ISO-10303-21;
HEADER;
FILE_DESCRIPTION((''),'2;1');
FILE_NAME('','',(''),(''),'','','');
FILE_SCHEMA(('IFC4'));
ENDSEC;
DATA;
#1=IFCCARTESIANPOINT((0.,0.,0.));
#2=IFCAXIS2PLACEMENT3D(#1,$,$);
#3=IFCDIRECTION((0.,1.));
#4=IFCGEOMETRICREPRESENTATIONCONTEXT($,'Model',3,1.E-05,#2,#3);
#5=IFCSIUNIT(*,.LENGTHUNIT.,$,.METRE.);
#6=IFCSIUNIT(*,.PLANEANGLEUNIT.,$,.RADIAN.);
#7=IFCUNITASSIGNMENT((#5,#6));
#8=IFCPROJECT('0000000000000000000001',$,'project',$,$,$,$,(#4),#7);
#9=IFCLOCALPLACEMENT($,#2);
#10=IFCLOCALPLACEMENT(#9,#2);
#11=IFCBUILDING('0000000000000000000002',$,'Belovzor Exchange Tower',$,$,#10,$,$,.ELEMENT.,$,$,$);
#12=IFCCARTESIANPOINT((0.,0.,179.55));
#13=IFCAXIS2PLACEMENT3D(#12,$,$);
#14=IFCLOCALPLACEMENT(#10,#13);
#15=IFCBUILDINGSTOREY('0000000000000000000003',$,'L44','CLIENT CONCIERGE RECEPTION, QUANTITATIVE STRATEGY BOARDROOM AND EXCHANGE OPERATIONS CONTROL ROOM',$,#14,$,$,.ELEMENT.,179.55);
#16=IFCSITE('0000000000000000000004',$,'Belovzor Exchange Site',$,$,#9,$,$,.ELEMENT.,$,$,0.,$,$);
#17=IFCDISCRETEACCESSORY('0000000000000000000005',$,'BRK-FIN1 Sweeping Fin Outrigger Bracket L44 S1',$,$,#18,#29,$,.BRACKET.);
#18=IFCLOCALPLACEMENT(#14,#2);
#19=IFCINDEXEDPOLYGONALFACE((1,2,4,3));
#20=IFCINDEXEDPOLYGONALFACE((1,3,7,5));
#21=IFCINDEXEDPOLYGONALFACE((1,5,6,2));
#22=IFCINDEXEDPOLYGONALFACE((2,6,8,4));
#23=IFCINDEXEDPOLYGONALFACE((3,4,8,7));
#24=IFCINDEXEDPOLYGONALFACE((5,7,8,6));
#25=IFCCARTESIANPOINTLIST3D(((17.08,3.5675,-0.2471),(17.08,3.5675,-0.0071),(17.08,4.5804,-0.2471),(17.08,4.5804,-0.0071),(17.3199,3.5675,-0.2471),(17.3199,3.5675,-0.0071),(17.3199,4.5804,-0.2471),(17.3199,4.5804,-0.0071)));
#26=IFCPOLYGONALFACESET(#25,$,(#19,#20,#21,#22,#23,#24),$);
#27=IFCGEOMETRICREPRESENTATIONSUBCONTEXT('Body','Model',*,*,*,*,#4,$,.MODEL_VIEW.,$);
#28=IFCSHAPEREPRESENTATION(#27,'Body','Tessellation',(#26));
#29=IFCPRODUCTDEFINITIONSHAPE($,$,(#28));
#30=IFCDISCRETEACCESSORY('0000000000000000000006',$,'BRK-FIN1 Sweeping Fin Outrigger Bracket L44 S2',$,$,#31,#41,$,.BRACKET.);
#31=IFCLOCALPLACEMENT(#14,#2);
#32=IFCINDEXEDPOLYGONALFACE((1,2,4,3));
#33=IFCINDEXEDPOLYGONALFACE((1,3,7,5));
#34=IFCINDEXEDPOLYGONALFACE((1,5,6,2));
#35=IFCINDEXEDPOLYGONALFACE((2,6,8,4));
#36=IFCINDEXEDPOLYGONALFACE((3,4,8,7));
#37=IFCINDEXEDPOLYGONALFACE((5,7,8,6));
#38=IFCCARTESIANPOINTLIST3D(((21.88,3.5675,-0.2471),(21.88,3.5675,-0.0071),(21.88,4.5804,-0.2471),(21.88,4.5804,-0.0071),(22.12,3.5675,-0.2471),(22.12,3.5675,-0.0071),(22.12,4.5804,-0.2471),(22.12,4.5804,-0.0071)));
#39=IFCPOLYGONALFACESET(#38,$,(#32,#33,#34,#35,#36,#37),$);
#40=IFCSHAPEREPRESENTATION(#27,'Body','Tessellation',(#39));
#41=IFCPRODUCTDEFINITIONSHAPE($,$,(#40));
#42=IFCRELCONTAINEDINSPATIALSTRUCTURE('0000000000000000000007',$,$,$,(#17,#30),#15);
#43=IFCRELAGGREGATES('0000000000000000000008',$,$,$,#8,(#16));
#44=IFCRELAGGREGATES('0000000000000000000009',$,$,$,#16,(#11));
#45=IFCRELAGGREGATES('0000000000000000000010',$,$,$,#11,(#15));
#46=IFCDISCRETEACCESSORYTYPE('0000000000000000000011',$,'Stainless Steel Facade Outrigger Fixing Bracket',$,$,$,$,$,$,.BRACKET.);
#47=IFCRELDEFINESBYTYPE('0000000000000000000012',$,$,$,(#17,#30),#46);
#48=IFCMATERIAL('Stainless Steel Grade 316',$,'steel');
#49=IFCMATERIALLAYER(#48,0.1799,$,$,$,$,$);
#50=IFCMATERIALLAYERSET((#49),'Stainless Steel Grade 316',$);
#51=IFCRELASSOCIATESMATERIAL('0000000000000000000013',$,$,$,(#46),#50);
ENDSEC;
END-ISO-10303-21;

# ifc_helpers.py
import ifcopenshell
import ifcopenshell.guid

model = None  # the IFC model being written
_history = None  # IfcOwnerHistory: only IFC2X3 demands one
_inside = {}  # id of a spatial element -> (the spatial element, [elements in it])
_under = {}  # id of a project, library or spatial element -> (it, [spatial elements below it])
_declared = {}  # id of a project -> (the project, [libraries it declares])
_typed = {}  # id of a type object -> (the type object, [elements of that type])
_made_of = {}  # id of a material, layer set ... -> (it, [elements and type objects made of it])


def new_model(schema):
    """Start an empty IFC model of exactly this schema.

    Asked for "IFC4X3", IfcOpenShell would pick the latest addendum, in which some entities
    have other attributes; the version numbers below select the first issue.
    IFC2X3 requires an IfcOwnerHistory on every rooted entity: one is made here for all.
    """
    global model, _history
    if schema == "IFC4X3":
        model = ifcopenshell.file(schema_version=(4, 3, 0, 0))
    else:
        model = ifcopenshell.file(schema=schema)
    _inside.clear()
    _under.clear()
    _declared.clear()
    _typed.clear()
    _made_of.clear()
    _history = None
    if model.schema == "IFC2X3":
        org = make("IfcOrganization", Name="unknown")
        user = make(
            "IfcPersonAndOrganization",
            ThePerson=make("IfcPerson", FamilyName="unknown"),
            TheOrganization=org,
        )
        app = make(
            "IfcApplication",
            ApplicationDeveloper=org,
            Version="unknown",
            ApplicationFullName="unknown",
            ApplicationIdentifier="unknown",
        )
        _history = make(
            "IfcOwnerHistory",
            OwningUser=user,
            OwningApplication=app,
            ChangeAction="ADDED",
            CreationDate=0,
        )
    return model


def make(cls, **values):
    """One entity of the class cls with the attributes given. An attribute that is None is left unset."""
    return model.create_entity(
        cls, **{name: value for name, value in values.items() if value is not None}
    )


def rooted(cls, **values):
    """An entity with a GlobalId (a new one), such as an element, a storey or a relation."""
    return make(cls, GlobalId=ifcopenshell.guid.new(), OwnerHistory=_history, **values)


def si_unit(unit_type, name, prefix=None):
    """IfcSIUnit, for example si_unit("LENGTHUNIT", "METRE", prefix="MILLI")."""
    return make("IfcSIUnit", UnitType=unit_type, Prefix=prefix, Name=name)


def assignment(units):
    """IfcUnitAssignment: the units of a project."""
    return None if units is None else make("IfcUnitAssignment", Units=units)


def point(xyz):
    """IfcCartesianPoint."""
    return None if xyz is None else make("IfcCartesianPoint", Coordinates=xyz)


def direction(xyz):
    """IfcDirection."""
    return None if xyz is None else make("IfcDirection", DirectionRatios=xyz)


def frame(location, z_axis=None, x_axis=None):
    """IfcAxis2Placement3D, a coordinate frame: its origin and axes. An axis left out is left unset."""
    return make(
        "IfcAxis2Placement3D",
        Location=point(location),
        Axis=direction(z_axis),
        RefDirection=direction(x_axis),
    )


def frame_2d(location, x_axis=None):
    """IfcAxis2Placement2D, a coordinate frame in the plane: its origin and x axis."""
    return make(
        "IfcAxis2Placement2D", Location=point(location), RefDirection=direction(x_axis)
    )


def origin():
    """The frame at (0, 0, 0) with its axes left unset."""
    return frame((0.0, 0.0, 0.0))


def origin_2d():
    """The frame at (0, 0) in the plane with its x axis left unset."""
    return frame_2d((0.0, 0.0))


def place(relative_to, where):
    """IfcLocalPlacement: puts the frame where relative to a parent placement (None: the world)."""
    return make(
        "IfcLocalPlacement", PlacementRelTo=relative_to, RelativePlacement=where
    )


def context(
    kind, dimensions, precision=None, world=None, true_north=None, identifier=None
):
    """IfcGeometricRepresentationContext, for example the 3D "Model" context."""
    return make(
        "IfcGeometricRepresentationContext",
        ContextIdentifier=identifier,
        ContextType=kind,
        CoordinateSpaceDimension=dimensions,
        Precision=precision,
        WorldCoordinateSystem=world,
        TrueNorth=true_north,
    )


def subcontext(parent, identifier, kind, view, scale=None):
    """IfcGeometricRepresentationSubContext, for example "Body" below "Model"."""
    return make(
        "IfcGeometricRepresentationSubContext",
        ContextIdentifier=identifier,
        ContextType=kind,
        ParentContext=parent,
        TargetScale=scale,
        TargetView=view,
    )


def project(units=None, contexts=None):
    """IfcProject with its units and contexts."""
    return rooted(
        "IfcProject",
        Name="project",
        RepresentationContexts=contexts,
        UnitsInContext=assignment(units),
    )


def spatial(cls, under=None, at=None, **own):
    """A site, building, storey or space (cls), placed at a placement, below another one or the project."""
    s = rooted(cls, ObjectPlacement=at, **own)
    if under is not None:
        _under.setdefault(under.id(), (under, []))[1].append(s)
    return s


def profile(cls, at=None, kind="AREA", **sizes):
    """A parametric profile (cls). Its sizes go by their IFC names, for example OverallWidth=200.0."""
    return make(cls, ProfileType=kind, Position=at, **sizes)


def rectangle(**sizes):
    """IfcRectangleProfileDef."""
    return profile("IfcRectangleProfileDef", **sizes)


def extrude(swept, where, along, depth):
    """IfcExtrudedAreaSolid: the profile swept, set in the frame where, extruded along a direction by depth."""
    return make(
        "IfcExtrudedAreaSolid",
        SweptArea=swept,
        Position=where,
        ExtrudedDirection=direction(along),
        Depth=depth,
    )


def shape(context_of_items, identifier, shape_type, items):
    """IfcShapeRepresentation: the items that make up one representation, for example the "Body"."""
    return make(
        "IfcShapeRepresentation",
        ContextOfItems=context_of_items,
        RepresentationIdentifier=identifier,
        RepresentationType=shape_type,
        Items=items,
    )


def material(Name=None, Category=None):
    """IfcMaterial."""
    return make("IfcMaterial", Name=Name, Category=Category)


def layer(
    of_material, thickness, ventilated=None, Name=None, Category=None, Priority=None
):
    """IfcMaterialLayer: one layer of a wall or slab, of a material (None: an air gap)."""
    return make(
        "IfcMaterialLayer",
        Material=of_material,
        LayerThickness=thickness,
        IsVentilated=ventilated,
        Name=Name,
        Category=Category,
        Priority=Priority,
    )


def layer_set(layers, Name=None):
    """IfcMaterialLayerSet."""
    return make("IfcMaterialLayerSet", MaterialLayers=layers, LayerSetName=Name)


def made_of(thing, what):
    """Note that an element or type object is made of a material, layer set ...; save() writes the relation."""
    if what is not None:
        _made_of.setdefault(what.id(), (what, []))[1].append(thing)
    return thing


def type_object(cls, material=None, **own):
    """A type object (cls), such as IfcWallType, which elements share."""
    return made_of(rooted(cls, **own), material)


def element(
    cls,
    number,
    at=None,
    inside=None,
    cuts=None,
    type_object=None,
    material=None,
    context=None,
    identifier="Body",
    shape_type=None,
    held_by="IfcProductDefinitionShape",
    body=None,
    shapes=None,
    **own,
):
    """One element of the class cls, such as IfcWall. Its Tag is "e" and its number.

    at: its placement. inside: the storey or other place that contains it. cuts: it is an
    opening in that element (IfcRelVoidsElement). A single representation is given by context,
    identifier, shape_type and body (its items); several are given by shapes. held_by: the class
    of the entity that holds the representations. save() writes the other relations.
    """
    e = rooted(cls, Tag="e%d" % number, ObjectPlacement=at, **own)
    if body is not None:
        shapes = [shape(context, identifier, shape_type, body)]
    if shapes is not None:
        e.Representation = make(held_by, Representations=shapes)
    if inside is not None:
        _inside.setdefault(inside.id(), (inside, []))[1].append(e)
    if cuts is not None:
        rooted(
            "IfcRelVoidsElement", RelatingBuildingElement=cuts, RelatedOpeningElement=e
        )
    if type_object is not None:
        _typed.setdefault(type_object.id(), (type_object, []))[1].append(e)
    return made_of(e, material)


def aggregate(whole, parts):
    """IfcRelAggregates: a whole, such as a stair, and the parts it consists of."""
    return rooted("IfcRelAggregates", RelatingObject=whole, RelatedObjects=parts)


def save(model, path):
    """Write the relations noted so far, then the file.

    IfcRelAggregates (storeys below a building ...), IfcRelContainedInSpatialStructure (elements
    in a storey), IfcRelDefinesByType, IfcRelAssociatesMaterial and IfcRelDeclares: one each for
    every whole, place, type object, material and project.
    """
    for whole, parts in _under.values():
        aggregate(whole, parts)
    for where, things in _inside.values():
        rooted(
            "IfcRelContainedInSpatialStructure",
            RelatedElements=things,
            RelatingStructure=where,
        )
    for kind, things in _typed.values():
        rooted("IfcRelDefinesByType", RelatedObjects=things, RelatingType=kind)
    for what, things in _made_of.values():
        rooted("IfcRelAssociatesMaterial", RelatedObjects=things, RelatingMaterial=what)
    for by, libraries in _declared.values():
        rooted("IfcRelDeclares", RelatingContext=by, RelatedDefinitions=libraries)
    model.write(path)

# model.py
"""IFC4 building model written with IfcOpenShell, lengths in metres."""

from ifc_helpers import new_model, si_unit, direction, frame, origin, origin_2d, place, context, subcontext, project, spatial, rectangle, extrude, material, layer, layer_set, type_object, element, save


model = new_model("IFC4")

# Units and contexts
model_context = context("Model", 3, precision=1e-05, world=origin(), true_north=direction((0.0, 1.0)))
body_context = subcontext(model_context, "Body", "Model", "MODEL_VIEW")
ifc_project = project(units=[si_unit("LENGTHUNIT", "METRE"), si_unit("PLANEANGLEUNIT", "RADIAN")], contexts=[model_context])

# Site, building, storey
site_placement = place(None, origin())
site = spatial("IfcSite", under=ifc_project, at=site_placement, Name="Belovzor Exchange Site", CompositionType="ELEMENT", RefElevation=0.0)
building_placement = place(site_placement, origin())
building = spatial("IfcBuilding", under=site, at=building_placement, Name="Belovzor Exchange Tower", CompositionType="ELEMENT")
storey_placement = place(building_placement, frame((0.0, 0.0, 179.55)))
storey = spatial("IfcBuildingStorey", under=building, at=storey_placement, Name="L44", Description="CLIENT CONCIERGE RECEPTION, QUANTITATIVE STRATEGY BOARDROOM AND EXCHANGE OPERATIONS CONTROL ROOM", CompositionType="ELEMENT", Elevation=179.55)

# Discrete accessories
ifc_material_1 = material(Name="Stainless Steel Grade 316", Category="steel")
ifc_layer_1 = layer(ifc_material_1, 0.1799)
ifc_layer_set_1 = layer_set([ifc_layer_1], Name="Stainless Steel Grade 316")
discrete_accessory_type = type_object("IfcDiscreteAccessoryType", Name="Stainless Steel Facade Outrigger Fixing Bracket", PredefinedType="BRACKET", material=ifc_layer_set_1)
for number, where, z_axis, x_axis, name in (
    (1, (17.2, 4.074, -0.2471), (0.0, 0.0, 1.0), (0.0, 1.0, 0.0), "BRK-FIN1 Sweeping Fin Outrigger Bracket L44 S1"),
    (2, (22.0, 4.074, -0.2471), (0.0, 0.0, 1.0), (0.0, 1.0, 0.0), "BRK-FIN1 Sweeping Fin Outrigger Bracket L44 S2"),
):
    element("IfcDiscreteAccessory", number, at=place(storey_placement, frame(where, z_axis=z_axis, x_axis=x_axis)), inside=storey, type_object=discrete_accessory_type, Name=name, PredefinedType="BRACKET", context=body_context, shape_type="SweptSolid", body=[
        extrude(rectangle(XDim=1.0129, YDim=0.24, at=origin_2d()), origin(), (0.0, 0.0, 1.0), 0.24),
    ])

save(model, "model.ifc")
